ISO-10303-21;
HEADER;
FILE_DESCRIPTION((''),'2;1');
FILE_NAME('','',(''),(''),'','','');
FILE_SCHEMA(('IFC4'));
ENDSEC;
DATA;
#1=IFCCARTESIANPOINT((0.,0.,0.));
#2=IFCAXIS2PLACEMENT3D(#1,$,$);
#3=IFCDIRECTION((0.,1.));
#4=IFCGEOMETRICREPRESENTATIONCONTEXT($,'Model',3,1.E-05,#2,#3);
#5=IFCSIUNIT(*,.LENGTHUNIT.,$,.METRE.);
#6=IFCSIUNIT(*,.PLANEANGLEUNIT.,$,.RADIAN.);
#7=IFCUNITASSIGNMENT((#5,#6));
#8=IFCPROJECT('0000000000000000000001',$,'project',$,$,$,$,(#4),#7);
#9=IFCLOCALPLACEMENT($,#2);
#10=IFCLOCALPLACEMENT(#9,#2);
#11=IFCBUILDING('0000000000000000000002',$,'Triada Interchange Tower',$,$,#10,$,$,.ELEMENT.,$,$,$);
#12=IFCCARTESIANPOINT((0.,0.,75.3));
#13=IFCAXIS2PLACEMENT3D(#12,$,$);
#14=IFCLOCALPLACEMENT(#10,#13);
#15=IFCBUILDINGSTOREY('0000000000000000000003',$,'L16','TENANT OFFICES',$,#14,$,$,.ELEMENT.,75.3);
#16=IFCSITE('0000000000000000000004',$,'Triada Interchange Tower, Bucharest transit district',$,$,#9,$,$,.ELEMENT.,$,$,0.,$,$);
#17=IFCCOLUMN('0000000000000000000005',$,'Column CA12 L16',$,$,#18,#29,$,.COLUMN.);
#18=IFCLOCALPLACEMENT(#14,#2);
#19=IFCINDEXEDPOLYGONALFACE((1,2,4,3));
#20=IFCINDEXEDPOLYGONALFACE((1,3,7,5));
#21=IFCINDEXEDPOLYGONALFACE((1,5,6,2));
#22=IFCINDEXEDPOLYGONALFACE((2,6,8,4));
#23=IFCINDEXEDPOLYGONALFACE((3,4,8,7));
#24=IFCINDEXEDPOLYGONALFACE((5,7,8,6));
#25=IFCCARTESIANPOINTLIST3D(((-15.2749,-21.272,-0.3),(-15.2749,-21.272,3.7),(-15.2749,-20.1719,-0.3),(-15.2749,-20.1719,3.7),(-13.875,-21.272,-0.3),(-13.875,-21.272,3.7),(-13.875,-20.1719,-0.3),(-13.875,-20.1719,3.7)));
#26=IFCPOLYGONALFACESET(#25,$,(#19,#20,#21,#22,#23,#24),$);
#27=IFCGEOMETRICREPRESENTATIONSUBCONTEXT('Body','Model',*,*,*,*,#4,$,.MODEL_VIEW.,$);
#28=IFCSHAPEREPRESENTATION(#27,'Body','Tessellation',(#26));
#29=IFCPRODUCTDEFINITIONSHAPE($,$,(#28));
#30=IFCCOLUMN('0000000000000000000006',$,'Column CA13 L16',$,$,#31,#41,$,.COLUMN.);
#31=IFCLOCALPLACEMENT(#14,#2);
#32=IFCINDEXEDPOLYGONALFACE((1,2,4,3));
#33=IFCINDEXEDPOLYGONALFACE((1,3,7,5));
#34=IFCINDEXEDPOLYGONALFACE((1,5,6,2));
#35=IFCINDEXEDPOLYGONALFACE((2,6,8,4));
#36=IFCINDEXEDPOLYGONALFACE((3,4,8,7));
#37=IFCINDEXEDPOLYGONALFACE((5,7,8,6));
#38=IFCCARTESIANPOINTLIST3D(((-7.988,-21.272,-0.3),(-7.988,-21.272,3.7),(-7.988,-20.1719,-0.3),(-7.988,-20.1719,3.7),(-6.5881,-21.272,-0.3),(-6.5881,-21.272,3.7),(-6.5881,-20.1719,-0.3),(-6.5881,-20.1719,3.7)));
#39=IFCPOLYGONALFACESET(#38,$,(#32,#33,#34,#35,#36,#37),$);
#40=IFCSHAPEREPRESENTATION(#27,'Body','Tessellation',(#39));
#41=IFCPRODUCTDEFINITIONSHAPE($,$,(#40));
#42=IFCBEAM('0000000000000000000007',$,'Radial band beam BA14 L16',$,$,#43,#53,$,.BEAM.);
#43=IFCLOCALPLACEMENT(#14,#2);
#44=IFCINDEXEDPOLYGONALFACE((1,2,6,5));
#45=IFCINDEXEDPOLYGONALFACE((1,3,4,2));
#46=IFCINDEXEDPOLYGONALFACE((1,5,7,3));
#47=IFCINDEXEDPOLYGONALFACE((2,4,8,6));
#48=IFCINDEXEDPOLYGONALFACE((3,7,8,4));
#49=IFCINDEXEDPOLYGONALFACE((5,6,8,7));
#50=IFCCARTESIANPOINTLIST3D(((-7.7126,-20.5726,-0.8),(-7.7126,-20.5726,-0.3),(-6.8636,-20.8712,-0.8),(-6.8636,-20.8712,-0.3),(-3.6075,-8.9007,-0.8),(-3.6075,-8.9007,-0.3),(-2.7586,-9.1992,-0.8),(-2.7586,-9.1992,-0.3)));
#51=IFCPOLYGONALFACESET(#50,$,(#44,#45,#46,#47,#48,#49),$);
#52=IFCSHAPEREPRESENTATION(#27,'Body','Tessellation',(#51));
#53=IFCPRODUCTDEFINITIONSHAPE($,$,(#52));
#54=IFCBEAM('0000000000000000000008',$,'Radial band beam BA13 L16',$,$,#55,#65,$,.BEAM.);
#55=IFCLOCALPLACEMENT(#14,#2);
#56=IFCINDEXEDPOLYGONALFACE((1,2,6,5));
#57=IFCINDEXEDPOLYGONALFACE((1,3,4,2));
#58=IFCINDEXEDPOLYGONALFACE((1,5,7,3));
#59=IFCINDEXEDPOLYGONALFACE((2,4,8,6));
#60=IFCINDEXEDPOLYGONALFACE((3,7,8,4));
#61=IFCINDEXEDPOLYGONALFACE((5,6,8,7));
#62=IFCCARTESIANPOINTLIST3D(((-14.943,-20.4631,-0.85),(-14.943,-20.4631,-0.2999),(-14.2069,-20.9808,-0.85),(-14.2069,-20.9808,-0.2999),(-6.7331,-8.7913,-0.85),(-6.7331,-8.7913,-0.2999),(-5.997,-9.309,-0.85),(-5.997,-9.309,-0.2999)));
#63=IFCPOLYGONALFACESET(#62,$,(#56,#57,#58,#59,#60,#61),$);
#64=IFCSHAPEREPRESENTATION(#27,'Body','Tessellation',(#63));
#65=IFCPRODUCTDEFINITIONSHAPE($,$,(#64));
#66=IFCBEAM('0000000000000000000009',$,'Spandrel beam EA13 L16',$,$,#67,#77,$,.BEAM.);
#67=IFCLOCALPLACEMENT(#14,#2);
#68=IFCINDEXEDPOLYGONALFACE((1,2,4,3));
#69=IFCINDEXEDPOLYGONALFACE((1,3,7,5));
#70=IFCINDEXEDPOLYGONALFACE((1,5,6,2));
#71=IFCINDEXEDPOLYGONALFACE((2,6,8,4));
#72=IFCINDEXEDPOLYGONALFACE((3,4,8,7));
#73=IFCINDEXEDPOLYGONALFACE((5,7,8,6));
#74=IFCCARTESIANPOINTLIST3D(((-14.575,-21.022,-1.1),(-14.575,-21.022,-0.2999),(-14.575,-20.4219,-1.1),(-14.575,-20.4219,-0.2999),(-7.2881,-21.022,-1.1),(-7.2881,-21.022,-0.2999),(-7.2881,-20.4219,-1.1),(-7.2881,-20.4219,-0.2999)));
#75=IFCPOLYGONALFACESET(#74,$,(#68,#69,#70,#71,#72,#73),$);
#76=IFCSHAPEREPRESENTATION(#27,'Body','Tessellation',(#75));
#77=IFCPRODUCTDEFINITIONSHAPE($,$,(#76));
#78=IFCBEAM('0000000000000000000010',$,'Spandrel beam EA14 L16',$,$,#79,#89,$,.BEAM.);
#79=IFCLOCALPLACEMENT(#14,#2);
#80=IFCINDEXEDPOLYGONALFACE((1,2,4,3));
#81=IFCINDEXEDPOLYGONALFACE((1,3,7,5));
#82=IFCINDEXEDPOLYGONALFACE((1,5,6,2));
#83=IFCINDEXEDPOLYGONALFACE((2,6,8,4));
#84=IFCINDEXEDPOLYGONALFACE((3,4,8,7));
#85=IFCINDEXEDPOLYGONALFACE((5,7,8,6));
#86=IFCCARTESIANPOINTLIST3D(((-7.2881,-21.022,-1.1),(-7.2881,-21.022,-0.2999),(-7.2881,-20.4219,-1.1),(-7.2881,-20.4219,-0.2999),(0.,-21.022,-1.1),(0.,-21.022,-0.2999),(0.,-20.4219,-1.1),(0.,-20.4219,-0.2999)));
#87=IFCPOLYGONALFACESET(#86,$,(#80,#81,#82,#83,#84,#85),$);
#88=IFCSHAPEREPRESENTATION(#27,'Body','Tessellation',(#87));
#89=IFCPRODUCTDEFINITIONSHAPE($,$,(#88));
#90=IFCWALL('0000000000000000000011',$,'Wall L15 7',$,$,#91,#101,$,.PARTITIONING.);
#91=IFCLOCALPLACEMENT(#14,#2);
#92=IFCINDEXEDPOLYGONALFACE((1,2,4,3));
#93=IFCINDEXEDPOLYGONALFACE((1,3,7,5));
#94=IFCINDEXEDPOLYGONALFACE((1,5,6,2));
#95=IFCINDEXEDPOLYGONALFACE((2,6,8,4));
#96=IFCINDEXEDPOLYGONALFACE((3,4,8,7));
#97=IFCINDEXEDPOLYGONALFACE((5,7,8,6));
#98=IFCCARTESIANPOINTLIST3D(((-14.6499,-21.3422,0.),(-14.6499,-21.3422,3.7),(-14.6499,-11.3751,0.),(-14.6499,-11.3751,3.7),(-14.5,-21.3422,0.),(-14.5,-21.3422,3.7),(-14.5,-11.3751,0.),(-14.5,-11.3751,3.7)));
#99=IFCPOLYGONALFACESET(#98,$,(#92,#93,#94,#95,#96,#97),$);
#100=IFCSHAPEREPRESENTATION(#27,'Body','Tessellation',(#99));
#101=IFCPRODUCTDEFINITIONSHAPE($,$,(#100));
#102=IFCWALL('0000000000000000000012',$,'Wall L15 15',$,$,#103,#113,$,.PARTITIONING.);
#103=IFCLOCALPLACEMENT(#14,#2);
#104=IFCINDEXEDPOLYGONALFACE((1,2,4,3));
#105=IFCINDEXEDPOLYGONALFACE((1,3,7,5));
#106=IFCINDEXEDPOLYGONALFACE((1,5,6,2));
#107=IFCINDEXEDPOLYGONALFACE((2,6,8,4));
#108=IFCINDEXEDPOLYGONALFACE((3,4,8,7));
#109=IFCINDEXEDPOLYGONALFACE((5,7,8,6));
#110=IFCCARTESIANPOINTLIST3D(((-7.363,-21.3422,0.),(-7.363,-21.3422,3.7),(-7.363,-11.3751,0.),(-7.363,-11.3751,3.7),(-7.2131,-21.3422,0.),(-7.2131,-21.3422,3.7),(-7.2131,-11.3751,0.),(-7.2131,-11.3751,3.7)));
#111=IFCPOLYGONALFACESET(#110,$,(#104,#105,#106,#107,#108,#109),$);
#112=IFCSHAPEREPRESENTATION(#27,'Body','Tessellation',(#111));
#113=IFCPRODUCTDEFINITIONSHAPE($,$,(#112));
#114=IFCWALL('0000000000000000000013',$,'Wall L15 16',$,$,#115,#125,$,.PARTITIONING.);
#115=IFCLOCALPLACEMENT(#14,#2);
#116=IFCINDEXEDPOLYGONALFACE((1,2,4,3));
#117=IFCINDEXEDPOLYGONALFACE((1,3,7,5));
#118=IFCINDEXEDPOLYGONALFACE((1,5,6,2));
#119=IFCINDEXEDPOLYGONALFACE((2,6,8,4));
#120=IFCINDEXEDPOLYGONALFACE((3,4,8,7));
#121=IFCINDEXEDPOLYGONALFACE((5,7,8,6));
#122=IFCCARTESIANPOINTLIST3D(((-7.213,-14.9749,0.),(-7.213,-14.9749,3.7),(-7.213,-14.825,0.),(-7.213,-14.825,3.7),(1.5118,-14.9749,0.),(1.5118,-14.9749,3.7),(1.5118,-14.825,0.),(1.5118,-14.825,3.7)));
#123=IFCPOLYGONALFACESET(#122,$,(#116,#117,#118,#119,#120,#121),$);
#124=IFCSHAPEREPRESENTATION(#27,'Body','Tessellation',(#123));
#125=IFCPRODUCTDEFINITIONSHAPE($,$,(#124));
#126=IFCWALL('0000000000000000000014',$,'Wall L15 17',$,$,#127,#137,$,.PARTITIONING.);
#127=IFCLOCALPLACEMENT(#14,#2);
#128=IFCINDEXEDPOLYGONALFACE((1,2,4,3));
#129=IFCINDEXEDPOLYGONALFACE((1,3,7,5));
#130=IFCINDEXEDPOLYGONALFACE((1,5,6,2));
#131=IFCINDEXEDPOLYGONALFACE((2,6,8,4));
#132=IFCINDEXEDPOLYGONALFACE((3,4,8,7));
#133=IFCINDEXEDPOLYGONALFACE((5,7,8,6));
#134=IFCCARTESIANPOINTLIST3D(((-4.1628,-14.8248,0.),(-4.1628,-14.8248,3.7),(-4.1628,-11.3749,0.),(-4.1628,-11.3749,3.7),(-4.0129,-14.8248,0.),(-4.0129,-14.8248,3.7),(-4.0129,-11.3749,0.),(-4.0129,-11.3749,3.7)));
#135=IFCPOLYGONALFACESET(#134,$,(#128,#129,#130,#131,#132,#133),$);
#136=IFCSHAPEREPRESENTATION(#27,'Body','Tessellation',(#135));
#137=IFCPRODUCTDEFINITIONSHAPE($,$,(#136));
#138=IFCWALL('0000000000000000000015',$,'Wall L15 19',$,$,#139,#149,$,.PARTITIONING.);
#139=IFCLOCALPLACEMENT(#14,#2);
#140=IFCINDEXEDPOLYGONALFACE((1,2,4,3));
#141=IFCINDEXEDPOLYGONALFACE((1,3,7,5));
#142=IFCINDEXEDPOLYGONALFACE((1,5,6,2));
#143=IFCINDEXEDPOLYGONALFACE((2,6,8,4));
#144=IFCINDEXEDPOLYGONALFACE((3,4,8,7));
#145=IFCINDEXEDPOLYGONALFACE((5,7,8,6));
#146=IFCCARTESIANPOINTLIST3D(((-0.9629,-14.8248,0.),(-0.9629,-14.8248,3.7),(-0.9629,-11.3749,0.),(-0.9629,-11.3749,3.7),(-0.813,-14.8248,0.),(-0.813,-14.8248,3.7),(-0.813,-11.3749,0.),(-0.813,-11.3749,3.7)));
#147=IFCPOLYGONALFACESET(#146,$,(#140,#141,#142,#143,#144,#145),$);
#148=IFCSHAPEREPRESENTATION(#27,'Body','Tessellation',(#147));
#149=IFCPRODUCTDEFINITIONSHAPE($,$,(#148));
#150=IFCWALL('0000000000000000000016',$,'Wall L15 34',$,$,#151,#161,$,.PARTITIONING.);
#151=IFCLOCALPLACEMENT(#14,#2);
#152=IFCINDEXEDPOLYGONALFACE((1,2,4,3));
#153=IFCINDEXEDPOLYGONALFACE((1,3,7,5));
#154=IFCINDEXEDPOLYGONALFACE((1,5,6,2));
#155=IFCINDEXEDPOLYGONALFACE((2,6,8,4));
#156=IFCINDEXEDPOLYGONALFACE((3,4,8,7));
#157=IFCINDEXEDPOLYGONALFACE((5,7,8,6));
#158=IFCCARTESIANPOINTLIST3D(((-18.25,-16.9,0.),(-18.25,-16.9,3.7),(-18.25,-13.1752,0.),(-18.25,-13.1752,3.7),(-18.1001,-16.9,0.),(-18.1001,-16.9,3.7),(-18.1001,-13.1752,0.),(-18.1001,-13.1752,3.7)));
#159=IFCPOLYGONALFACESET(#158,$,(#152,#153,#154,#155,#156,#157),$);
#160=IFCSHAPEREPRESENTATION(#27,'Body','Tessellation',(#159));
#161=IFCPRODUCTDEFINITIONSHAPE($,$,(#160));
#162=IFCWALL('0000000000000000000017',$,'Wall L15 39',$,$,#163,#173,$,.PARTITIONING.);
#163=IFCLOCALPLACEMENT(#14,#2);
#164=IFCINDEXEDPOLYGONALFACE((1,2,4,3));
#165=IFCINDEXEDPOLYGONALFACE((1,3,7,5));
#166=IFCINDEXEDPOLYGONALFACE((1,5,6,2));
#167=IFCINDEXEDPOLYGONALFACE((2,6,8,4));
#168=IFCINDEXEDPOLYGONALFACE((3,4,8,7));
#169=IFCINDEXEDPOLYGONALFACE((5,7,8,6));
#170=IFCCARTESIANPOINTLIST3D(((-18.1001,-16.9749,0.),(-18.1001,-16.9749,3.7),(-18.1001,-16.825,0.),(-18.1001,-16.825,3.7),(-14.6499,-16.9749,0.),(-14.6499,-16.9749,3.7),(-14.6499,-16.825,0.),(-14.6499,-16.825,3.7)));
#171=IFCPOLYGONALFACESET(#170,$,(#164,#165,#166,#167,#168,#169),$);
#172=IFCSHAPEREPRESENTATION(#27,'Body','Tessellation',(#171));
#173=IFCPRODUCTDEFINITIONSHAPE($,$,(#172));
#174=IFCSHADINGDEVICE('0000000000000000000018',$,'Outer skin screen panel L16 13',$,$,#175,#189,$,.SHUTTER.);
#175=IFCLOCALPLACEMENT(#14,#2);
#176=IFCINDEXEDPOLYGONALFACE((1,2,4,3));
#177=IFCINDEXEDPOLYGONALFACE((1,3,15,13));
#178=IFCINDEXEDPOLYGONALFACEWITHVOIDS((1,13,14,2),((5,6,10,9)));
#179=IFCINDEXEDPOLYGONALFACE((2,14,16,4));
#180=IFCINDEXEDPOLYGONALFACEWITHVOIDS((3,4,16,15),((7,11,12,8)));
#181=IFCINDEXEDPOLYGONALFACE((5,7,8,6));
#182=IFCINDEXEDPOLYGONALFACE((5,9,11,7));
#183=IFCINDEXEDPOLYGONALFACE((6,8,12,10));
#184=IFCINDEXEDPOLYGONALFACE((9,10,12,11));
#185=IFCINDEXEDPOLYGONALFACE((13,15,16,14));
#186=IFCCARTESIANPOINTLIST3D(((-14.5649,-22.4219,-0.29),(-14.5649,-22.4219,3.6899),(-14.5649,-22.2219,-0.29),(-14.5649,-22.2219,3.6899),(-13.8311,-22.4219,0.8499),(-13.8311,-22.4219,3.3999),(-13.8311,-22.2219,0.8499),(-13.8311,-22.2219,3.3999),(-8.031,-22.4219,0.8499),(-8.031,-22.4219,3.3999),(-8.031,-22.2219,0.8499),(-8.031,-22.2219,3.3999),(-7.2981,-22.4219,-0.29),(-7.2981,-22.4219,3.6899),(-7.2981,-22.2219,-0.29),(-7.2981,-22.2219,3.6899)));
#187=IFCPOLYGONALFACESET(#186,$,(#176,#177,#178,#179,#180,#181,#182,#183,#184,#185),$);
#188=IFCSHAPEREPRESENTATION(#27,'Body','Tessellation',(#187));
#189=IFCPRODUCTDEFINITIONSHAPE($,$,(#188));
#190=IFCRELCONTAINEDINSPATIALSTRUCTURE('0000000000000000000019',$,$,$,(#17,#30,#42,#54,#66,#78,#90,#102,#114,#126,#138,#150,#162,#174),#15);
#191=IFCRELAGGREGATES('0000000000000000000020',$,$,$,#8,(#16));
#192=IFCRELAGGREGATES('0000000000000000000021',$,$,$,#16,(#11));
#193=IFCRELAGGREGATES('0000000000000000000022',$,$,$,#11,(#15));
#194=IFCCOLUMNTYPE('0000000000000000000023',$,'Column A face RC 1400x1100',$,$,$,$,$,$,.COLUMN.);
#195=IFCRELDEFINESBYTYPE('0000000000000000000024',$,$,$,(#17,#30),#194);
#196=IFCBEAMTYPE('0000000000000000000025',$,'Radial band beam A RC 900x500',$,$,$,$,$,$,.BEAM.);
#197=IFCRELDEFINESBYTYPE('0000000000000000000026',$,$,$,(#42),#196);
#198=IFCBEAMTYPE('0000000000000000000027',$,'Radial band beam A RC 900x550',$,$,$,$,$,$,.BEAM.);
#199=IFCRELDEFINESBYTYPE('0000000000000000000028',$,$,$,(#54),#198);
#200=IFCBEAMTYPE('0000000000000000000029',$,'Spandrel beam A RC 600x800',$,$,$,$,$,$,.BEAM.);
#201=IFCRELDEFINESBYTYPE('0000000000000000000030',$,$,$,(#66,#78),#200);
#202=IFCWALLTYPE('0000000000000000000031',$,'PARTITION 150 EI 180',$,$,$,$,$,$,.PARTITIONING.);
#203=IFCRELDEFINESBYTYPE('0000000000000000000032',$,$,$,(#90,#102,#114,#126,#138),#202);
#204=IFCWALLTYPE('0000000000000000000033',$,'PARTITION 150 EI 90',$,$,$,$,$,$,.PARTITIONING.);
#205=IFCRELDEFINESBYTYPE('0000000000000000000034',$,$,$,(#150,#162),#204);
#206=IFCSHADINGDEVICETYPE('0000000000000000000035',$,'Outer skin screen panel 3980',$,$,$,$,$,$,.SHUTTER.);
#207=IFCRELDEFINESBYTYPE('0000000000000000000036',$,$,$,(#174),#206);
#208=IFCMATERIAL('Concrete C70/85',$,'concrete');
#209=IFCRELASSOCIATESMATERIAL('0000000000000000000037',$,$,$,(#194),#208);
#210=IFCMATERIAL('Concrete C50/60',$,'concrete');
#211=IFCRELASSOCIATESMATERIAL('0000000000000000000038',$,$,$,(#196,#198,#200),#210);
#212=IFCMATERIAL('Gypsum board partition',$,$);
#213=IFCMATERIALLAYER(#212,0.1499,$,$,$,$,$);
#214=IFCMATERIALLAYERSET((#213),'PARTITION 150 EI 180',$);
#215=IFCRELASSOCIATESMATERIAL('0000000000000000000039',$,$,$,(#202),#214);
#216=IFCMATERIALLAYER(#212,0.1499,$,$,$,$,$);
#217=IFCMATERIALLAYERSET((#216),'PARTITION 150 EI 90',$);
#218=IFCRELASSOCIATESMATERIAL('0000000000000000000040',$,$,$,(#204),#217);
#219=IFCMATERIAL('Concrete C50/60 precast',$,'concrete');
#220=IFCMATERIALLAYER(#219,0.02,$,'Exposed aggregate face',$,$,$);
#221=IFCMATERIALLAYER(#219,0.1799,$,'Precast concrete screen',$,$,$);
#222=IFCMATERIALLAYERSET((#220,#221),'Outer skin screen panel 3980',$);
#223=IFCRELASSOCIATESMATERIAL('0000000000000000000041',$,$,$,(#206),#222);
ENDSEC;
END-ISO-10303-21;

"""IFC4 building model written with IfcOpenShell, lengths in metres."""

from ifc_helpers import new_model, si_unit, direction, frame, frame_2d, origin, origin_2d, place, context, subcontext, project, spatial, polyline, rectangle, outline, extrude, material, layer, layer_set, material_profile, profile_set, type_object, element, save


model = new_model("IFC4")

# Units and contexts
model_context = context("Model", 3, precision=1e-05, world=origin(), true_north=direction((0.0, 1.0)))
body_context = subcontext(model_context, "Body", "Model", "MODEL_VIEW")
ifc_project = project(units=[si_unit("LENGTHUNIT", "METRE"), si_unit("PLANEANGLEUNIT", "RADIAN")], contexts=[model_context])

# Site, building, storey
site_placement = place(None, origin())
site = spatial("IfcSite", under=ifc_project, at=site_placement, Name="Triada Interchange Tower, Bucharest transit district", CompositionType="ELEMENT", RefElevation=0.0)
building_placement = place(site_placement, origin())
building = spatial("IfcBuilding", under=site, at=building_placement, Name="Triada Interchange Tower", CompositionType="ELEMENT")
storey_placement = place(building_placement, frame((0.0, 0.0, 75.3)))
storey = spatial("IfcBuildingStorey", under=building, at=storey_placement, Name="L16", Description="TENANT OFFICES", CompositionType="ELEMENT", Elevation=75.3)

# Columns
ifc_material_1 = material(Name="Concrete C70/85", Category="concrete")
ifc_material_profile_1 = material_profile(ifc_material_1, rectangle(XDim=1.3999, YDim=1.1001, at=origin_2d()), Name="RC 1400x1100")
ifc_profile_set_1 = profile_set([ifc_material_profile_1], Name="Concrete C70/85")
column_type = type_object("IfcColumnType", Name="Column A face RC 1400x1100", PredefinedType="COLUMN", material=ifc_profile_set_1)
for number, where, z_axis, x_axis, name in (
    (1, (-14.575, -20.7219, -0.3), (0.0, 0.0, 1.0), (1.0, 0.0, 0.0), "Column CA12 L16"),
    (2, (-7.2881, -20.7219, -0.3), (0.0, 0.0, 1.0), (1.0, 0.0, 0.0), "Column CA13 L16"),
):
    element("IfcColumn", number, at=place(storey_placement, frame(where, z_axis=z_axis, x_axis=x_axis)), inside=storey, type_object=column_type, Name=name, PredefinedType="COLUMN", context=body_context, shape_type="SweptSolid", body=[
        extrude(rectangle(XDim=1.3999, YDim=1.1001, at=origin_2d()), origin(), (0.0, 0.0, 1.0), 4.0),
    ])

# Beams
ifc_material_2 = material(Name="Concrete C50/60", Category="concrete")
ifc_material_profile_2 = material_profile(ifc_material_2, rectangle(XDim=0.8999, YDim=0.5, at=origin_2d()), Name="RC 900x500")
ifc_profile_set_2 = profile_set([ifc_material_profile_2], Name="Concrete C50/60")
beam_type_1 = type_object("IfcBeamType", Name="Radial band beam A RC 900x500", PredefinedType="BEAM", material=ifc_profile_set_2)
beam_1_placement = place(storey_placement, frame((-7.2881, -20.7219, -0.55), z_axis=(0.331777, 0.943358, 0.0), x_axis=(-0.943358, 0.331777, 0.0)))
element("IfcBeam", 3, at=beam_1_placement, inside=storey, type_object=beam_type_1, Name="Radial band beam BA14 L16", PredefinedType="BEAM", context=body_context, shape_type="SweptSolid", body=[
    extrude(rectangle(XDim=0.8999, YDim=0.5, at=origin_2d()), origin(), (0.0, 0.0, 1.0), 12.3728),
])
ifc_material_profile_3 = material_profile(ifc_material_2, rectangle(XDim=0.8999, YDim=0.55, at=origin_2d()), Name="RC 900x550")
ifc_profile_set_3 = profile_set([ifc_material_profile_3], Name="Concrete C50/60")
beam_type_2 = type_object("IfcBeamType", Name="Radial band beam A RC 900x550", PredefinedType="BEAM", material=ifc_profile_set_3)
beam_2_placement = place(storey_placement, frame((-14.575, -20.7219, -0.575), z_axis=(0.575326, 0.817924, 0.0), x_axis=(-0.817924, 0.575326, 0.0)))
element("IfcBeam", 4, at=beam_2_placement, inside=storey, type_object=beam_type_2, Name="Radial band beam BA13 L16", PredefinedType="BEAM", context=body_context, shape_type="SweptSolid", body=[
    extrude(rectangle(XDim=0.8999, YDim=0.55, at=origin_2d()), origin(), (0.0, 0.0, 1.0), 14.27),
])
ifc_material_profile_4 = material_profile(ifc_material_2, rectangle(XDim=0.6001, YDim=0.8, at=origin_2d()), Name="RC 600x800")
ifc_profile_set_4 = profile_set([ifc_material_profile_4], Name="Concrete C50/60")
beam_type_3 = type_object("IfcBeamType", Name="Spandrel beam A RC 600x800", PredefinedType="BEAM", material=ifc_profile_set_4)
beam_3_placement = place(storey_placement, frame((-14.575, -20.7219, -0.7), z_axis=(1.0, 0.0, 0.0), x_axis=(0.0, 1.0, 0.0)))
element("IfcBeam", 5, at=beam_3_placement, inside=storey, type_object=beam_type_3, Name="Spandrel beam EA13 L16", PredefinedType="BEAM", context=body_context, shape_type="SweptSolid", body=[
    extrude(rectangle(XDim=0.6001, YDim=0.8, at=origin_2d()), origin(), (0.0, 0.0, 1.0), 7.2869),
])
beam_4_placement = place(storey_placement, frame((-7.2881, -20.7219, -0.7), z_axis=(1.0, 0.0, 0.0), x_axis=(0.0, 1.0, 0.0)))
element("IfcBeam", 6, at=beam_4_placement, inside=storey, type_object=beam_type_3, Name="Spandrel beam EA14 L16", PredefinedType="BEAM", context=body_context, shape_type="SweptSolid", body=[
    extrude(rectangle(XDim=0.6001, YDim=0.8, at=origin_2d()), origin(), (0.0, 0.0, 1.0), 7.2881),
])

# Walls
ifc_material_3 = material(Name="Gypsum board partition")
ifc_layer_1 = layer(ifc_material_3, 0.1499)
ifc_layer_set_1 = layer_set([ifc_layer_1], Name="PARTITION 150 EI 180")
wall_type_1 = type_object("IfcWallType", Name="PARTITION 150 EI 180", PredefinedType="PARTITIONING", material=ifc_layer_set_1)
for number, where, z_axis, x_axis, name in (
    (7, (-14.575, -21.342, 0.0), (0.0, 0.0, 1.0), (0.0, 1.0, 0.0), "Wall L15 7"),
    (8, (-7.2881, -21.342, 0.0), (0.0, 0.0, 1.0), (0.0, 1.0, 0.0), "Wall L15 15"),
):
    element("IfcWall", number, at=place(storey_placement, frame(where, z_axis=z_axis, x_axis=x_axis)), inside=storey, type_object=wall_type_1, Name=name, PredefinedType="PARTITIONING", context=body_context, shape_type="SweptSolid", body=[
        extrude(rectangle(XDim=9.967, YDim=0.1499, at=frame_2d((4.9834, 0.0))), origin(), (0.0, 0.0, 1.0), 3.7),
    ])
wall_1_placement = place(storey_placement, frame((-7.2129, -14.8999, 0.0), z_axis=(0.0, 0.0, 1.0), x_axis=(1.0, 0.0, 0.0)))
element("IfcWall", 9, at=wall_1_placement, inside=storey, type_object=wall_type_1, Name="Wall L15 16", PredefinedType="PARTITIONING", context=body_context, shape_type="SweptSolid", body=[
    extrude(rectangle(XDim=8.7249, YDim=0.1499, at=frame_2d((4.3623, 0.0))), origin(), (0.0, 0.0, 1.0), 3.7),
])
for number, where, z_axis, x_axis, name in (
    (10, (-4.0879, -14.825, 0.0), (0.0, 0.0, 1.0), (0.0, 1.0, 0.0), "Wall L15 17"),
    (11, (-0.8879, -14.825, 0.0), (0.0, 0.0, 1.0), (0.0, 1.0, 0.0), "Wall L15 19"),
):
    element("IfcWall", number, at=place(storey_placement, frame(where, z_axis=z_axis, x_axis=x_axis)), inside=storey, type_object=wall_type_1, Name=name, PredefinedType="PARTITIONING", context=body_context, shape_type="SweptSolid", body=[
        extrude(rectangle(XDim=3.45, YDim=0.1499, at=frame_2d((1.7251, 0.0))), origin(), (0.0, 0.0, 1.0), 3.7),
    ])
ifc_layer_2 = layer(ifc_material_3, 0.1499)
ifc_layer_set_2 = layer_set([ifc_layer_2], Name="PARTITION 150 EI 90")
wall_type_2 = type_object("IfcWallType", Name="PARTITION 150 EI 90", PredefinedType="PARTITIONING", material=ifc_layer_set_2)
wall_2_placement = place(storey_placement, frame((-18.175, -16.8999, 0.0), z_axis=(0.0, 0.0, 1.0), x_axis=(0.0, 1.0, 0.0)))
element("IfcWall", 12, at=wall_2_placement, inside=storey, type_object=wall_type_2, Name="Wall L15 34", PredefinedType="PARTITIONING", context=body_context, shape_type="SweptSolid", body=[
    extrude(rectangle(XDim=3.7249, YDim=0.1499, at=frame_2d((1.8623, 0.0))), origin(), (0.0, 0.0, 1.0), 3.7),
])
wall_3_placement = place(storey_placement, frame((-18.1001, -16.8999, 0.0), z_axis=(0.0, 0.0, 1.0), x_axis=(1.0, 0.0, 0.0)))
element("IfcWall", 13, at=wall_3_placement, inside=storey, type_object=wall_type_2, Name="Wall L15 39", PredefinedType="PARTITIONING", context=body_context, shape_type="SweptSolid", body=[
    extrude(rectangle(XDim=3.4502, YDim=0.1499, at=frame_2d((1.7251, 0.0))), origin(), (0.0, 0.0, 1.0), 3.7),
])

# Shading device
ifc_material_4 = material(Name="Concrete C50/60 precast", Category="concrete")
ifc_layer_3 = layer(ifc_material_4, 0.02, Name="Exposed aggregate face")
ifc_layer_4 = layer(ifc_material_4, 0.1799, Name="Precast concrete screen")
ifc_layer_set_3 = layer_set([ifc_layer_3, ifc_layer_4], Name="Outer skin screen panel 3980")
shading_device_type = type_object("IfcShadingDeviceType", Name="Outer skin screen panel 3980", PredefinedType="SHUTTER", material=ifc_layer_set_3)
shading_device_1_placement = place(storey_placement, frame((-14.5649, -22.2219, -0.29), z_axis=(0.0, 0.0, 1.0), x_axis=(1.0, 0.0, 0.0)))
element("IfcShadingDevice", 14, at=shading_device_1_placement, inside=storey, type_object=shading_device_type, Name="Outer skin screen panel L16 13", PredefinedType="SHUTTER", context=body_context, shape_type="SweptSolid", body=[
    extrude(outline(polyline([(0.0, 0.0), (7.2668, 0.0), (7.2668, 3.98), (0.0, 3.98), (0.0, 0.0)]), holes=[polyline([(0.7339, 1.1399), (0.7339, 3.6899), (6.5339, 3.6899), (6.5339, 1.1399), (0.7339, 1.1399)])]), frame((0.0, 0.0, 0.0), z_axis=(0.0, -1.0, 0.0), x_axis=(1.0, 0.0, 0.0)), (0.0, 0.0, 1.0), 0.2),
])

save(model, "model.ifc")
